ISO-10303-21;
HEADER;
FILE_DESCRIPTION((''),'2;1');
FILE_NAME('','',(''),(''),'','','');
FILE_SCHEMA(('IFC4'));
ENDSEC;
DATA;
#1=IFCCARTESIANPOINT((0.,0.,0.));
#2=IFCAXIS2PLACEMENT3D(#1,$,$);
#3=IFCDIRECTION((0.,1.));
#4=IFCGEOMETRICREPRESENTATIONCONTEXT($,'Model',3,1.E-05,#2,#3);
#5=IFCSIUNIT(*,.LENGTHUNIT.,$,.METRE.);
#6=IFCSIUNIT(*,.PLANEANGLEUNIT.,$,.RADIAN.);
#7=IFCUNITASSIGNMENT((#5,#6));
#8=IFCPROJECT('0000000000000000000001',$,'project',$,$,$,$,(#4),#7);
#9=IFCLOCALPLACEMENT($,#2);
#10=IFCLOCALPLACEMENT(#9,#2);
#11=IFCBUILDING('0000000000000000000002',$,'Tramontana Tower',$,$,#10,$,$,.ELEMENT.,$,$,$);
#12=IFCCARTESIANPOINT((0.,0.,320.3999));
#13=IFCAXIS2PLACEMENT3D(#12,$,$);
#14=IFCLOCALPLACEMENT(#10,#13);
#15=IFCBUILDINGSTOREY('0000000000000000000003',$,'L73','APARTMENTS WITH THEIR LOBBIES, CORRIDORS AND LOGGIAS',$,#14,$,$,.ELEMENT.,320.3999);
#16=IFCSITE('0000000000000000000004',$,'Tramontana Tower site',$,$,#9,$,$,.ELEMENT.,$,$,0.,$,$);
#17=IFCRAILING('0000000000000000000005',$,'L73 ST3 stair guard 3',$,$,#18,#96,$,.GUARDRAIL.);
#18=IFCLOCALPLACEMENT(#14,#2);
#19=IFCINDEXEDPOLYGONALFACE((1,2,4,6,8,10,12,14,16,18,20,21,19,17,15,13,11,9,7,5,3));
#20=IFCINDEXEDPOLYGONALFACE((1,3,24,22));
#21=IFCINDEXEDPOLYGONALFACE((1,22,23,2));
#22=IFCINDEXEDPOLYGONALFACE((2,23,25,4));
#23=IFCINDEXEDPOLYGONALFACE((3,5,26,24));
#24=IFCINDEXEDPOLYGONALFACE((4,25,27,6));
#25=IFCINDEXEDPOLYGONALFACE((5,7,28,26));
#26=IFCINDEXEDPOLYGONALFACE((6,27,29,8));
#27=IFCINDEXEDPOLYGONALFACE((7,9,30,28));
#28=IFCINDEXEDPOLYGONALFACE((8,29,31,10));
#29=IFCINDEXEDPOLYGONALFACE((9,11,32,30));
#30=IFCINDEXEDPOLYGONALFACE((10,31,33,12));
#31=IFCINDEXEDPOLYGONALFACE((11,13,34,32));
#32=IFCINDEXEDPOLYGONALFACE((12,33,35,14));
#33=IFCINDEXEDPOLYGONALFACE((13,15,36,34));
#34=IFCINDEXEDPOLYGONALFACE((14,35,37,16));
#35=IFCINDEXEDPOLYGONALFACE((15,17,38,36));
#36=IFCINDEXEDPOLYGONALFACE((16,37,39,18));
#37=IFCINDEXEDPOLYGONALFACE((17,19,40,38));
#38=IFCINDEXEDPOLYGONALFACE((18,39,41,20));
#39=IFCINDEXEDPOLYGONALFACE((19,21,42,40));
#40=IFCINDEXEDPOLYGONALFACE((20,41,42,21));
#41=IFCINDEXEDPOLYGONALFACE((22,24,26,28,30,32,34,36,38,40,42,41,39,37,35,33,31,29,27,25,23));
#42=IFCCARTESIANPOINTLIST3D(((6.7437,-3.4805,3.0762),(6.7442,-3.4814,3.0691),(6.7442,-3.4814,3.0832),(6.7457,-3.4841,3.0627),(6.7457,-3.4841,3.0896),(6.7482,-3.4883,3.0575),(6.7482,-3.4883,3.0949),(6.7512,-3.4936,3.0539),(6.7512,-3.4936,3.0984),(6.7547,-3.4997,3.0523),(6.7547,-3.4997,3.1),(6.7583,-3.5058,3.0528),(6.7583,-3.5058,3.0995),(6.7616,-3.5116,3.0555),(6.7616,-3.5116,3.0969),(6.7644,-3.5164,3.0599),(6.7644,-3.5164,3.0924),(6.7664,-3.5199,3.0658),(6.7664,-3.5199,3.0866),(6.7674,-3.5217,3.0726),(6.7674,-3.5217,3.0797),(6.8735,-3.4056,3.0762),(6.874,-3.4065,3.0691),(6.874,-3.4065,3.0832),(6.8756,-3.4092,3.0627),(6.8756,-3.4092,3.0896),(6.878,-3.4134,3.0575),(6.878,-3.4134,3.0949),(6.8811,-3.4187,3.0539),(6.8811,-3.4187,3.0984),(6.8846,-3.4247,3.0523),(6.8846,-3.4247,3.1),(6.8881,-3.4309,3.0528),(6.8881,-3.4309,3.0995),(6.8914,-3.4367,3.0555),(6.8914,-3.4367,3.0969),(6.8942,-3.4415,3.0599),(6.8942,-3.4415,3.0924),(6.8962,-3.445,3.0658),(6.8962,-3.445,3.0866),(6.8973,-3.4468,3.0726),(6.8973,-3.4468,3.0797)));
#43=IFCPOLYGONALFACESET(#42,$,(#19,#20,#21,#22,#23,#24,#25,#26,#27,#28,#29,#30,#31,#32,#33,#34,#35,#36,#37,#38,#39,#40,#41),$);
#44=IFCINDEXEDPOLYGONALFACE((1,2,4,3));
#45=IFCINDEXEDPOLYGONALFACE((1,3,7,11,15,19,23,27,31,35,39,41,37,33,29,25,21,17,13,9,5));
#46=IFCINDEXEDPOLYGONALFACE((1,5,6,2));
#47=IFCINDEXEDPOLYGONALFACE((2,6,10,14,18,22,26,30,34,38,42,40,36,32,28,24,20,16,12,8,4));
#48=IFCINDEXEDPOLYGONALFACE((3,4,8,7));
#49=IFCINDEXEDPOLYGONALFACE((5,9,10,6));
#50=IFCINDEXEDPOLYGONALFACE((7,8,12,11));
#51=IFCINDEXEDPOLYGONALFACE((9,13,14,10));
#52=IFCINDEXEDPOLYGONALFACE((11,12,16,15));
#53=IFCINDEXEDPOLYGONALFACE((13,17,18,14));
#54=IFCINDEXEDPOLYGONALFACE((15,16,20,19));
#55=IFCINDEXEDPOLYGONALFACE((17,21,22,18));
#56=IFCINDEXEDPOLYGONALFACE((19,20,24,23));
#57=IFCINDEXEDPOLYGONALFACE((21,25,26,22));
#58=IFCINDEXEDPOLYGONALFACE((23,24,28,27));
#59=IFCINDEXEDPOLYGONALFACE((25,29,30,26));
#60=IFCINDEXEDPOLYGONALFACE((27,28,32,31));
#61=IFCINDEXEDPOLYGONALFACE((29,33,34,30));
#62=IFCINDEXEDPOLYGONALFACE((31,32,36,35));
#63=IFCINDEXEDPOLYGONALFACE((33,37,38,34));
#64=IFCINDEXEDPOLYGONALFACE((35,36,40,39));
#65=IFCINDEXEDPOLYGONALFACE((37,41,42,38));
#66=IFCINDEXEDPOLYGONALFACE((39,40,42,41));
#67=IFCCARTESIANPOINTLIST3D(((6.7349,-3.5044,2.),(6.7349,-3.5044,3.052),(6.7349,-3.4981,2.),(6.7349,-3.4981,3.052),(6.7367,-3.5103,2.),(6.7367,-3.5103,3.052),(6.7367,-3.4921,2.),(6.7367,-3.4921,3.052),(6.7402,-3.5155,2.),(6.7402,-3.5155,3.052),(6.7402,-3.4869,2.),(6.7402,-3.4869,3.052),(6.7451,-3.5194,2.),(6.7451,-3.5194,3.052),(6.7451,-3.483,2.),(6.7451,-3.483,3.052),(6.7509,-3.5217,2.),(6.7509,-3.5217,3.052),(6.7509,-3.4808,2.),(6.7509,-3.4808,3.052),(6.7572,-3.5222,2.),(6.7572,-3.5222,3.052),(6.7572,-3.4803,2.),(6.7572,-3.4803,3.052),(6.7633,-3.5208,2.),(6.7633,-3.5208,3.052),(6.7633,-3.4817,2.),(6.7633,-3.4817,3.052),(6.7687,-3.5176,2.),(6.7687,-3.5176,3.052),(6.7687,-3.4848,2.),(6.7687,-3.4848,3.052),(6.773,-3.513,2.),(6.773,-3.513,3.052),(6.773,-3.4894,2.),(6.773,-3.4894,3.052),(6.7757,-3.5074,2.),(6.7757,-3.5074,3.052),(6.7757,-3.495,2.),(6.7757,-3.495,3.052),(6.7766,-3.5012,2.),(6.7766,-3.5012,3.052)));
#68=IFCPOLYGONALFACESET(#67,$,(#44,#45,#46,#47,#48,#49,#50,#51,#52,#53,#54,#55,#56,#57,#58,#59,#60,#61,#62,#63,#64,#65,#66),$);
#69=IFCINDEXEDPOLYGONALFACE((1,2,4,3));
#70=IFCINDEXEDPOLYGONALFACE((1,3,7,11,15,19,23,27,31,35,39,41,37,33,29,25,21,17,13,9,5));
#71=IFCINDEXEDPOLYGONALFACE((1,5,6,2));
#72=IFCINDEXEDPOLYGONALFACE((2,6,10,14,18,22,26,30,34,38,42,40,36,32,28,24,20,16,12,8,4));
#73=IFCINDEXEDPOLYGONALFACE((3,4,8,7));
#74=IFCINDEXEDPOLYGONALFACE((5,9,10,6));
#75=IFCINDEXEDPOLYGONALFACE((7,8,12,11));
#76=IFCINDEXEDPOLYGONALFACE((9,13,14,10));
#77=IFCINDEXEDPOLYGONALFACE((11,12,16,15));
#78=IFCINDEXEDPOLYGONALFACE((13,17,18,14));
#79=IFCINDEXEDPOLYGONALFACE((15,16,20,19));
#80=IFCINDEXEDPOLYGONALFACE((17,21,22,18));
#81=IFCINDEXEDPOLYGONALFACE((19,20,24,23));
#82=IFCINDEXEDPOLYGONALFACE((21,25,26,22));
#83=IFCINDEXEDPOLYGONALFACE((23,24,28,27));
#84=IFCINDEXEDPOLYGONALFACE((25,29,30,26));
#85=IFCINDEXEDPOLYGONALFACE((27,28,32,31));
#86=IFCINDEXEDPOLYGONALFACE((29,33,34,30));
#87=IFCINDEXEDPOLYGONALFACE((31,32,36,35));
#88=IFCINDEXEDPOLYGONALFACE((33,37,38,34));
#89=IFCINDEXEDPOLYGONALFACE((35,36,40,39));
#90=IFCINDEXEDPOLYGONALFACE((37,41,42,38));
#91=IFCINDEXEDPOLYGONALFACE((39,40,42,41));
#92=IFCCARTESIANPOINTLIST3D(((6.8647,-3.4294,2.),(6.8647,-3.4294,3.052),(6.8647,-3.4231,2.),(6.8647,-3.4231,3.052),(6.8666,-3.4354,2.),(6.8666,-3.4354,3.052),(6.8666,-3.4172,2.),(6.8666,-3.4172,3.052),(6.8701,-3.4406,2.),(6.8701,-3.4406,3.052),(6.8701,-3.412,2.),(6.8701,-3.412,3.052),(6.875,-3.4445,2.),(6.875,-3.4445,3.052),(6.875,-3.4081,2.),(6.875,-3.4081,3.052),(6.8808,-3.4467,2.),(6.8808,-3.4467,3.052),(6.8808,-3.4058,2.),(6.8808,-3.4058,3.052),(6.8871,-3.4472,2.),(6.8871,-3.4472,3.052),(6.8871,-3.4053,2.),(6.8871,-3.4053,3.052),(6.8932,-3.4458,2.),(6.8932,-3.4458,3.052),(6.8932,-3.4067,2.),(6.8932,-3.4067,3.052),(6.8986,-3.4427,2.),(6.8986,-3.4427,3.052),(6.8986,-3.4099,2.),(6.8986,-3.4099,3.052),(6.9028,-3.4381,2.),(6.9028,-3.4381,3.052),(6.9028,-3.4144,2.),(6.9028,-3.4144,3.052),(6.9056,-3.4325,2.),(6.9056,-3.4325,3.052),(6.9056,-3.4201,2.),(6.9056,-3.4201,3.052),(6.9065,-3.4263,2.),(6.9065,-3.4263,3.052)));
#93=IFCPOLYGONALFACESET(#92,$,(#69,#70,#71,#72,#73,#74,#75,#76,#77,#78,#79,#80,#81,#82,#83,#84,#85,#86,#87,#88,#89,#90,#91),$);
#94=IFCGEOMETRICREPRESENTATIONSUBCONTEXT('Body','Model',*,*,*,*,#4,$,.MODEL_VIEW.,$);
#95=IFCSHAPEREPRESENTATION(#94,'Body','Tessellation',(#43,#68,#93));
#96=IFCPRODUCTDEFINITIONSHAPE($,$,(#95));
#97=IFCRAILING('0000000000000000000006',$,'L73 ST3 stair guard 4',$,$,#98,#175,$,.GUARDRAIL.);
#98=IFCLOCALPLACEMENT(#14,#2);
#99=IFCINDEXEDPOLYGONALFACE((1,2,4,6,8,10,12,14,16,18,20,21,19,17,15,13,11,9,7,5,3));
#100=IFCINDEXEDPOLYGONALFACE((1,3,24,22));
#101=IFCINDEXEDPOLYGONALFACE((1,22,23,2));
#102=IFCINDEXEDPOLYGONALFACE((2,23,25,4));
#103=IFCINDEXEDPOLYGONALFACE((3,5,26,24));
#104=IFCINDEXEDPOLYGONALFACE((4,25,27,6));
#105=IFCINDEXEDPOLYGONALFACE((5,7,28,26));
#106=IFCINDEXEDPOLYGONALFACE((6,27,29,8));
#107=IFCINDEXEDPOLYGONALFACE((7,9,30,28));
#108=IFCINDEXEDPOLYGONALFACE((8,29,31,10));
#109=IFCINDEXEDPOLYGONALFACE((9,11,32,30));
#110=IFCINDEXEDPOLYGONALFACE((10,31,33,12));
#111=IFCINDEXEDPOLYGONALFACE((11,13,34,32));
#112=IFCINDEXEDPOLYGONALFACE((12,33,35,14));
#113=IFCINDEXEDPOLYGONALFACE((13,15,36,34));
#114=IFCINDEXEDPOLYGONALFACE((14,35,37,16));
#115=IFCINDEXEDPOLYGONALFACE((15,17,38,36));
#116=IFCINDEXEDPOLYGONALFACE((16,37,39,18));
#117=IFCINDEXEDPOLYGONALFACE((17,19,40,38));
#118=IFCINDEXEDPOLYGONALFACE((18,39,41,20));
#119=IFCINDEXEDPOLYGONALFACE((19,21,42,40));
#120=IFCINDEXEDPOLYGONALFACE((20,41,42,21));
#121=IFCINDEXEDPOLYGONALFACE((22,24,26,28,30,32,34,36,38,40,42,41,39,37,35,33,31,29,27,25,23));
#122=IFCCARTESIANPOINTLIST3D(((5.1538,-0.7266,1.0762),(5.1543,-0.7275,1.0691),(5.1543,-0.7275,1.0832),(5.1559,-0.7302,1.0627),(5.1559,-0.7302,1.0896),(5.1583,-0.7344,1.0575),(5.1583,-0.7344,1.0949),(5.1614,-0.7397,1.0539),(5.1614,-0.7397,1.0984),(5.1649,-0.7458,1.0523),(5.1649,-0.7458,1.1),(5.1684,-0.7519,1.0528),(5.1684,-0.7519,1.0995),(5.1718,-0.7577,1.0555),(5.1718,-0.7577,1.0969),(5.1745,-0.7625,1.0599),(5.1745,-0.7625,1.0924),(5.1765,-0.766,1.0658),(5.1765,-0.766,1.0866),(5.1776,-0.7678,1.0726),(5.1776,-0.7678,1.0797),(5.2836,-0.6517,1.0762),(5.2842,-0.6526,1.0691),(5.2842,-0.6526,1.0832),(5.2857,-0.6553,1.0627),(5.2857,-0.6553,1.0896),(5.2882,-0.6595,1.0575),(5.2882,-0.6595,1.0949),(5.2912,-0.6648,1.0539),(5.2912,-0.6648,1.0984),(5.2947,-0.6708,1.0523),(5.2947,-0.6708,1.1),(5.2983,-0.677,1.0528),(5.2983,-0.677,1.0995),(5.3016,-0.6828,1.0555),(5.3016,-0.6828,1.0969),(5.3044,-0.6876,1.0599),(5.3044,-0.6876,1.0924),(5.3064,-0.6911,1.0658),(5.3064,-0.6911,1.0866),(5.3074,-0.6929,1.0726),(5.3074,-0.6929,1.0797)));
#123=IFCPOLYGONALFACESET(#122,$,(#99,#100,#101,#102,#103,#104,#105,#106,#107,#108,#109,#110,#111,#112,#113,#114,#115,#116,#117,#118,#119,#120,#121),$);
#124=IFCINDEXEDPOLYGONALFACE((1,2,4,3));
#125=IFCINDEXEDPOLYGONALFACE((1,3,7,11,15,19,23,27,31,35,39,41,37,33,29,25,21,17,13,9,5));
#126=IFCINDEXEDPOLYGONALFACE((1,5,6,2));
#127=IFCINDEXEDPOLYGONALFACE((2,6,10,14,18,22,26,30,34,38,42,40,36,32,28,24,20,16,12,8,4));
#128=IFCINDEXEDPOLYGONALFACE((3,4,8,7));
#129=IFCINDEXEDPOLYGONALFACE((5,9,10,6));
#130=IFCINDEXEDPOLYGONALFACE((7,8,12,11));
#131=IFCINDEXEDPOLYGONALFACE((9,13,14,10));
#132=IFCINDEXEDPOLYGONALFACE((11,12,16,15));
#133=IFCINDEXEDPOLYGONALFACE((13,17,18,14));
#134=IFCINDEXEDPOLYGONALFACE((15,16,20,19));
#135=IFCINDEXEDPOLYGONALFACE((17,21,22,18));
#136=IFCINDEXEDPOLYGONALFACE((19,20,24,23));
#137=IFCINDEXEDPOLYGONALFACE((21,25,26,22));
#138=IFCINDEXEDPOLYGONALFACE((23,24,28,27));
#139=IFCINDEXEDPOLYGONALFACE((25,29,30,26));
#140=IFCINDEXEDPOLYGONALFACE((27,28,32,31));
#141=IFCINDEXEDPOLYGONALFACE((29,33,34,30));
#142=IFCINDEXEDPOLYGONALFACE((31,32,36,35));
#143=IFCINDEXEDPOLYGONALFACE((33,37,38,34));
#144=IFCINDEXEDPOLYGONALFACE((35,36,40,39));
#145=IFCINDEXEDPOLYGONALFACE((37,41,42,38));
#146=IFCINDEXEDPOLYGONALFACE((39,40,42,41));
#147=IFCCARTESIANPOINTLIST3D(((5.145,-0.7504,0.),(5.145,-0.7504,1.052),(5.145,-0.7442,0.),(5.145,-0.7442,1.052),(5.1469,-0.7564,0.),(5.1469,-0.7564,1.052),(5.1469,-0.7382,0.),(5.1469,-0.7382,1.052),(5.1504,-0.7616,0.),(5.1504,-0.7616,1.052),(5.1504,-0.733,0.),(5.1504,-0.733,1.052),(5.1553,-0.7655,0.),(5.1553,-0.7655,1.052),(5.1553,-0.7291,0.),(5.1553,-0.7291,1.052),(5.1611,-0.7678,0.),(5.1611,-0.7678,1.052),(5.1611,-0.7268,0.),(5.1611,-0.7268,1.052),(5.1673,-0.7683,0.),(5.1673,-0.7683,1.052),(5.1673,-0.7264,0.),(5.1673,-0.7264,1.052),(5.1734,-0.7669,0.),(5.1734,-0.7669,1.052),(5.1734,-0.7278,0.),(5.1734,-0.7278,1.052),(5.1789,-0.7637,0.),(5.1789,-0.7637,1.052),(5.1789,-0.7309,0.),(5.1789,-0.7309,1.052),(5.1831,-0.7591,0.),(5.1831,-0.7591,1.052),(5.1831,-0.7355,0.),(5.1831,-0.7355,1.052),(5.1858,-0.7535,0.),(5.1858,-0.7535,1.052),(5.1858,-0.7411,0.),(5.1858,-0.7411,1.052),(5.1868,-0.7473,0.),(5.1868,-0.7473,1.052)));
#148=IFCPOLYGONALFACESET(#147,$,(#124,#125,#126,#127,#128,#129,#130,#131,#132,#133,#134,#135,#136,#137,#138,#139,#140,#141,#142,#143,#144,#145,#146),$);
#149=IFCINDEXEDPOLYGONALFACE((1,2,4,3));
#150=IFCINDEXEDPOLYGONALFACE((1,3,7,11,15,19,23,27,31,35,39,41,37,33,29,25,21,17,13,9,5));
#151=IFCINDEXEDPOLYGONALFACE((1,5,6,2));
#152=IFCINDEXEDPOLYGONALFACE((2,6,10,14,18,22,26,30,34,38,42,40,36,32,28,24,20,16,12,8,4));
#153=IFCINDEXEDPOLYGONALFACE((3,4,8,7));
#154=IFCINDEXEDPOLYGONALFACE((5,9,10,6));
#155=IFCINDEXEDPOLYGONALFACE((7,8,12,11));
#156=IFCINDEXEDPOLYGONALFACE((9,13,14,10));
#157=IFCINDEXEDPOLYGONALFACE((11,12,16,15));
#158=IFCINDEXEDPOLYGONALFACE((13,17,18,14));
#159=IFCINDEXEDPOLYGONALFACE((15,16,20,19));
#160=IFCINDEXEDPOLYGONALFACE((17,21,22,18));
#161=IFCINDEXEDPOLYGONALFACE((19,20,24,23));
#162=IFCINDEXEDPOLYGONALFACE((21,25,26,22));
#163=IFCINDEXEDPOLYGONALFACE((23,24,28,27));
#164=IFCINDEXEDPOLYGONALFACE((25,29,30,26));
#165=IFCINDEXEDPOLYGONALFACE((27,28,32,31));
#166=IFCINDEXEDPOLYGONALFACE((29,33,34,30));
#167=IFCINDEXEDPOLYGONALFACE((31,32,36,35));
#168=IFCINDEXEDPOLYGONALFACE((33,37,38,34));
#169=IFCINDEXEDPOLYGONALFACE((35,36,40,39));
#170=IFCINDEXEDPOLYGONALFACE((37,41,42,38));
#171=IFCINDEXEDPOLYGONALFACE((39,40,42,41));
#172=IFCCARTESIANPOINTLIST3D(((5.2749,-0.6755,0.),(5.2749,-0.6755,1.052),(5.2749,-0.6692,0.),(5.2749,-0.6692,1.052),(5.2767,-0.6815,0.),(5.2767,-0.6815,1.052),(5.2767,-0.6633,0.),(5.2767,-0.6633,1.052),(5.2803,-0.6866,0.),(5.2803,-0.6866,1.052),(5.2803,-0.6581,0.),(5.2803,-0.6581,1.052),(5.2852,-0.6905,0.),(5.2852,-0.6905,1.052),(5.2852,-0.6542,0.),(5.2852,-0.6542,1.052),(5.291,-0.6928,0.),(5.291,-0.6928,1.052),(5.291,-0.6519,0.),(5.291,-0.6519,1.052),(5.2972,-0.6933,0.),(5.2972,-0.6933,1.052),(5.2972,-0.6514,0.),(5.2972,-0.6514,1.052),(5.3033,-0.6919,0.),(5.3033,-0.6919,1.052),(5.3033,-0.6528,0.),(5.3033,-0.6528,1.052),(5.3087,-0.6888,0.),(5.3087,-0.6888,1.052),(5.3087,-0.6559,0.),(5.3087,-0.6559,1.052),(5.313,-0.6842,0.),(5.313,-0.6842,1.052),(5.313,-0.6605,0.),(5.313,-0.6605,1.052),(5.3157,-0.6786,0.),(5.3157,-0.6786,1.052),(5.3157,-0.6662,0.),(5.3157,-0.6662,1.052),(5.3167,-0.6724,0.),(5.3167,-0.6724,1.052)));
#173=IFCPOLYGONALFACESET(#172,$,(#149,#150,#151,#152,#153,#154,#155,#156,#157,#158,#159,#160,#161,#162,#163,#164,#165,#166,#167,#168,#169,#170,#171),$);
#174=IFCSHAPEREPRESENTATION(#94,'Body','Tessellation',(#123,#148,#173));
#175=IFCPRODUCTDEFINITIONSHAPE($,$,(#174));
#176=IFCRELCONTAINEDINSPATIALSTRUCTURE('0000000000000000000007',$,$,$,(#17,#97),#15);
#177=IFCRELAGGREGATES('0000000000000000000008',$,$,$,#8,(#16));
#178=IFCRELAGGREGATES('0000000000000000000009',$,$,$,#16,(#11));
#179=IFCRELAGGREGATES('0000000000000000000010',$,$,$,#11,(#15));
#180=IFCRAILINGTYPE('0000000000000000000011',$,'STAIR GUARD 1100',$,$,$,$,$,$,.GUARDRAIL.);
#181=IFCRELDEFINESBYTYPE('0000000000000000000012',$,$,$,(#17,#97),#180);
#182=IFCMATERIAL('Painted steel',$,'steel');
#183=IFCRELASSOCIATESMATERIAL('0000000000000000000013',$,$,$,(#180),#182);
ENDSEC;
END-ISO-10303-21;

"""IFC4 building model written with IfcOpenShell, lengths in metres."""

from ifc_helpers import new_model, si_unit, direction, frame, origin, origin_2d, place, context, subcontext, project, spatial, circle, extrude, material, type_object, element, save


model = new_model("IFC4")

# Units and contexts
model_context = context("Model", 3, precision=1e-05, world=origin(), true_north=direction((0.0, 1.0)))
body_context = subcontext(model_context, "Body", "Model", "MODEL_VIEW")
ifc_project = project(units=[si_unit("LENGTHUNIT", "METRE"), si_unit("PLANEANGLEUNIT", "RADIAN")], contexts=[model_context])

# Site, building, storey
site_placement = place(None, origin())
site = spatial("IfcSite", under=ifc_project, at=site_placement, Name="Tramontana Tower site", CompositionType="ELEMENT", RefElevation=0.0)
building_placement = place(site_placement, origin())
building = spatial("IfcBuilding", under=site, at=building_placement, Name="Tramontana Tower", CompositionType="ELEMENT")
storey_placement = place(building_placement, frame((0.0, 0.0, 320.3999)))
storey = spatial("IfcBuildingStorey", under=building, at=storey_placement, Name="L73", Description="APARTMENTS WITH THEIR LOBBIES, CORRIDORS AND LOGGIAS", CompositionType="ELEMENT", Elevation=320.3999)

# Railings
ifc_material_1 = material(Name="Painted steel", Category="steel")
railing_type_1 = type_object("IfcRailingType", Name="STAIR GUARD 1100", PredefinedType="GUARDRAIL", material=ifc_material_1)
for number, where, name in (
    (1, (6.7556, -3.5012, 2.0), "L73 ST3 stair guard 3"),
    (2, (5.1658, -0.7473, 0.0), "L73 ST3 stair guard 4"),
):
    element("IfcRailing", number, at=place(storey_placement, frame(where)), inside=storey, type_object=railing_type_1, Name=name, PredefinedType="GUARDRAIL", context=body_context, shape_type="SweptSolid", body=[
        extrude(circle(Radius=0.0239, at=origin_2d()), frame((0.0, 0.0, 1.0762), z_axis=(0.866131, 0.499816, 0.0), x_axis=(-0.499816, 0.866131, 0.0)), (0.0, 0.0, 1.0), 0.1499),
        extrude(circle(Radius=0.021, at=origin_2d()), origin(), (0.0, 0.0, 1.0), 1.052),
        extrude(circle(Radius=0.021, at=origin_2d()), frame((0.1299, 0.075, 0.0)), (0.0, 0.0, 1.0), 1.052),
    ])

save(model, "model.ifc")
